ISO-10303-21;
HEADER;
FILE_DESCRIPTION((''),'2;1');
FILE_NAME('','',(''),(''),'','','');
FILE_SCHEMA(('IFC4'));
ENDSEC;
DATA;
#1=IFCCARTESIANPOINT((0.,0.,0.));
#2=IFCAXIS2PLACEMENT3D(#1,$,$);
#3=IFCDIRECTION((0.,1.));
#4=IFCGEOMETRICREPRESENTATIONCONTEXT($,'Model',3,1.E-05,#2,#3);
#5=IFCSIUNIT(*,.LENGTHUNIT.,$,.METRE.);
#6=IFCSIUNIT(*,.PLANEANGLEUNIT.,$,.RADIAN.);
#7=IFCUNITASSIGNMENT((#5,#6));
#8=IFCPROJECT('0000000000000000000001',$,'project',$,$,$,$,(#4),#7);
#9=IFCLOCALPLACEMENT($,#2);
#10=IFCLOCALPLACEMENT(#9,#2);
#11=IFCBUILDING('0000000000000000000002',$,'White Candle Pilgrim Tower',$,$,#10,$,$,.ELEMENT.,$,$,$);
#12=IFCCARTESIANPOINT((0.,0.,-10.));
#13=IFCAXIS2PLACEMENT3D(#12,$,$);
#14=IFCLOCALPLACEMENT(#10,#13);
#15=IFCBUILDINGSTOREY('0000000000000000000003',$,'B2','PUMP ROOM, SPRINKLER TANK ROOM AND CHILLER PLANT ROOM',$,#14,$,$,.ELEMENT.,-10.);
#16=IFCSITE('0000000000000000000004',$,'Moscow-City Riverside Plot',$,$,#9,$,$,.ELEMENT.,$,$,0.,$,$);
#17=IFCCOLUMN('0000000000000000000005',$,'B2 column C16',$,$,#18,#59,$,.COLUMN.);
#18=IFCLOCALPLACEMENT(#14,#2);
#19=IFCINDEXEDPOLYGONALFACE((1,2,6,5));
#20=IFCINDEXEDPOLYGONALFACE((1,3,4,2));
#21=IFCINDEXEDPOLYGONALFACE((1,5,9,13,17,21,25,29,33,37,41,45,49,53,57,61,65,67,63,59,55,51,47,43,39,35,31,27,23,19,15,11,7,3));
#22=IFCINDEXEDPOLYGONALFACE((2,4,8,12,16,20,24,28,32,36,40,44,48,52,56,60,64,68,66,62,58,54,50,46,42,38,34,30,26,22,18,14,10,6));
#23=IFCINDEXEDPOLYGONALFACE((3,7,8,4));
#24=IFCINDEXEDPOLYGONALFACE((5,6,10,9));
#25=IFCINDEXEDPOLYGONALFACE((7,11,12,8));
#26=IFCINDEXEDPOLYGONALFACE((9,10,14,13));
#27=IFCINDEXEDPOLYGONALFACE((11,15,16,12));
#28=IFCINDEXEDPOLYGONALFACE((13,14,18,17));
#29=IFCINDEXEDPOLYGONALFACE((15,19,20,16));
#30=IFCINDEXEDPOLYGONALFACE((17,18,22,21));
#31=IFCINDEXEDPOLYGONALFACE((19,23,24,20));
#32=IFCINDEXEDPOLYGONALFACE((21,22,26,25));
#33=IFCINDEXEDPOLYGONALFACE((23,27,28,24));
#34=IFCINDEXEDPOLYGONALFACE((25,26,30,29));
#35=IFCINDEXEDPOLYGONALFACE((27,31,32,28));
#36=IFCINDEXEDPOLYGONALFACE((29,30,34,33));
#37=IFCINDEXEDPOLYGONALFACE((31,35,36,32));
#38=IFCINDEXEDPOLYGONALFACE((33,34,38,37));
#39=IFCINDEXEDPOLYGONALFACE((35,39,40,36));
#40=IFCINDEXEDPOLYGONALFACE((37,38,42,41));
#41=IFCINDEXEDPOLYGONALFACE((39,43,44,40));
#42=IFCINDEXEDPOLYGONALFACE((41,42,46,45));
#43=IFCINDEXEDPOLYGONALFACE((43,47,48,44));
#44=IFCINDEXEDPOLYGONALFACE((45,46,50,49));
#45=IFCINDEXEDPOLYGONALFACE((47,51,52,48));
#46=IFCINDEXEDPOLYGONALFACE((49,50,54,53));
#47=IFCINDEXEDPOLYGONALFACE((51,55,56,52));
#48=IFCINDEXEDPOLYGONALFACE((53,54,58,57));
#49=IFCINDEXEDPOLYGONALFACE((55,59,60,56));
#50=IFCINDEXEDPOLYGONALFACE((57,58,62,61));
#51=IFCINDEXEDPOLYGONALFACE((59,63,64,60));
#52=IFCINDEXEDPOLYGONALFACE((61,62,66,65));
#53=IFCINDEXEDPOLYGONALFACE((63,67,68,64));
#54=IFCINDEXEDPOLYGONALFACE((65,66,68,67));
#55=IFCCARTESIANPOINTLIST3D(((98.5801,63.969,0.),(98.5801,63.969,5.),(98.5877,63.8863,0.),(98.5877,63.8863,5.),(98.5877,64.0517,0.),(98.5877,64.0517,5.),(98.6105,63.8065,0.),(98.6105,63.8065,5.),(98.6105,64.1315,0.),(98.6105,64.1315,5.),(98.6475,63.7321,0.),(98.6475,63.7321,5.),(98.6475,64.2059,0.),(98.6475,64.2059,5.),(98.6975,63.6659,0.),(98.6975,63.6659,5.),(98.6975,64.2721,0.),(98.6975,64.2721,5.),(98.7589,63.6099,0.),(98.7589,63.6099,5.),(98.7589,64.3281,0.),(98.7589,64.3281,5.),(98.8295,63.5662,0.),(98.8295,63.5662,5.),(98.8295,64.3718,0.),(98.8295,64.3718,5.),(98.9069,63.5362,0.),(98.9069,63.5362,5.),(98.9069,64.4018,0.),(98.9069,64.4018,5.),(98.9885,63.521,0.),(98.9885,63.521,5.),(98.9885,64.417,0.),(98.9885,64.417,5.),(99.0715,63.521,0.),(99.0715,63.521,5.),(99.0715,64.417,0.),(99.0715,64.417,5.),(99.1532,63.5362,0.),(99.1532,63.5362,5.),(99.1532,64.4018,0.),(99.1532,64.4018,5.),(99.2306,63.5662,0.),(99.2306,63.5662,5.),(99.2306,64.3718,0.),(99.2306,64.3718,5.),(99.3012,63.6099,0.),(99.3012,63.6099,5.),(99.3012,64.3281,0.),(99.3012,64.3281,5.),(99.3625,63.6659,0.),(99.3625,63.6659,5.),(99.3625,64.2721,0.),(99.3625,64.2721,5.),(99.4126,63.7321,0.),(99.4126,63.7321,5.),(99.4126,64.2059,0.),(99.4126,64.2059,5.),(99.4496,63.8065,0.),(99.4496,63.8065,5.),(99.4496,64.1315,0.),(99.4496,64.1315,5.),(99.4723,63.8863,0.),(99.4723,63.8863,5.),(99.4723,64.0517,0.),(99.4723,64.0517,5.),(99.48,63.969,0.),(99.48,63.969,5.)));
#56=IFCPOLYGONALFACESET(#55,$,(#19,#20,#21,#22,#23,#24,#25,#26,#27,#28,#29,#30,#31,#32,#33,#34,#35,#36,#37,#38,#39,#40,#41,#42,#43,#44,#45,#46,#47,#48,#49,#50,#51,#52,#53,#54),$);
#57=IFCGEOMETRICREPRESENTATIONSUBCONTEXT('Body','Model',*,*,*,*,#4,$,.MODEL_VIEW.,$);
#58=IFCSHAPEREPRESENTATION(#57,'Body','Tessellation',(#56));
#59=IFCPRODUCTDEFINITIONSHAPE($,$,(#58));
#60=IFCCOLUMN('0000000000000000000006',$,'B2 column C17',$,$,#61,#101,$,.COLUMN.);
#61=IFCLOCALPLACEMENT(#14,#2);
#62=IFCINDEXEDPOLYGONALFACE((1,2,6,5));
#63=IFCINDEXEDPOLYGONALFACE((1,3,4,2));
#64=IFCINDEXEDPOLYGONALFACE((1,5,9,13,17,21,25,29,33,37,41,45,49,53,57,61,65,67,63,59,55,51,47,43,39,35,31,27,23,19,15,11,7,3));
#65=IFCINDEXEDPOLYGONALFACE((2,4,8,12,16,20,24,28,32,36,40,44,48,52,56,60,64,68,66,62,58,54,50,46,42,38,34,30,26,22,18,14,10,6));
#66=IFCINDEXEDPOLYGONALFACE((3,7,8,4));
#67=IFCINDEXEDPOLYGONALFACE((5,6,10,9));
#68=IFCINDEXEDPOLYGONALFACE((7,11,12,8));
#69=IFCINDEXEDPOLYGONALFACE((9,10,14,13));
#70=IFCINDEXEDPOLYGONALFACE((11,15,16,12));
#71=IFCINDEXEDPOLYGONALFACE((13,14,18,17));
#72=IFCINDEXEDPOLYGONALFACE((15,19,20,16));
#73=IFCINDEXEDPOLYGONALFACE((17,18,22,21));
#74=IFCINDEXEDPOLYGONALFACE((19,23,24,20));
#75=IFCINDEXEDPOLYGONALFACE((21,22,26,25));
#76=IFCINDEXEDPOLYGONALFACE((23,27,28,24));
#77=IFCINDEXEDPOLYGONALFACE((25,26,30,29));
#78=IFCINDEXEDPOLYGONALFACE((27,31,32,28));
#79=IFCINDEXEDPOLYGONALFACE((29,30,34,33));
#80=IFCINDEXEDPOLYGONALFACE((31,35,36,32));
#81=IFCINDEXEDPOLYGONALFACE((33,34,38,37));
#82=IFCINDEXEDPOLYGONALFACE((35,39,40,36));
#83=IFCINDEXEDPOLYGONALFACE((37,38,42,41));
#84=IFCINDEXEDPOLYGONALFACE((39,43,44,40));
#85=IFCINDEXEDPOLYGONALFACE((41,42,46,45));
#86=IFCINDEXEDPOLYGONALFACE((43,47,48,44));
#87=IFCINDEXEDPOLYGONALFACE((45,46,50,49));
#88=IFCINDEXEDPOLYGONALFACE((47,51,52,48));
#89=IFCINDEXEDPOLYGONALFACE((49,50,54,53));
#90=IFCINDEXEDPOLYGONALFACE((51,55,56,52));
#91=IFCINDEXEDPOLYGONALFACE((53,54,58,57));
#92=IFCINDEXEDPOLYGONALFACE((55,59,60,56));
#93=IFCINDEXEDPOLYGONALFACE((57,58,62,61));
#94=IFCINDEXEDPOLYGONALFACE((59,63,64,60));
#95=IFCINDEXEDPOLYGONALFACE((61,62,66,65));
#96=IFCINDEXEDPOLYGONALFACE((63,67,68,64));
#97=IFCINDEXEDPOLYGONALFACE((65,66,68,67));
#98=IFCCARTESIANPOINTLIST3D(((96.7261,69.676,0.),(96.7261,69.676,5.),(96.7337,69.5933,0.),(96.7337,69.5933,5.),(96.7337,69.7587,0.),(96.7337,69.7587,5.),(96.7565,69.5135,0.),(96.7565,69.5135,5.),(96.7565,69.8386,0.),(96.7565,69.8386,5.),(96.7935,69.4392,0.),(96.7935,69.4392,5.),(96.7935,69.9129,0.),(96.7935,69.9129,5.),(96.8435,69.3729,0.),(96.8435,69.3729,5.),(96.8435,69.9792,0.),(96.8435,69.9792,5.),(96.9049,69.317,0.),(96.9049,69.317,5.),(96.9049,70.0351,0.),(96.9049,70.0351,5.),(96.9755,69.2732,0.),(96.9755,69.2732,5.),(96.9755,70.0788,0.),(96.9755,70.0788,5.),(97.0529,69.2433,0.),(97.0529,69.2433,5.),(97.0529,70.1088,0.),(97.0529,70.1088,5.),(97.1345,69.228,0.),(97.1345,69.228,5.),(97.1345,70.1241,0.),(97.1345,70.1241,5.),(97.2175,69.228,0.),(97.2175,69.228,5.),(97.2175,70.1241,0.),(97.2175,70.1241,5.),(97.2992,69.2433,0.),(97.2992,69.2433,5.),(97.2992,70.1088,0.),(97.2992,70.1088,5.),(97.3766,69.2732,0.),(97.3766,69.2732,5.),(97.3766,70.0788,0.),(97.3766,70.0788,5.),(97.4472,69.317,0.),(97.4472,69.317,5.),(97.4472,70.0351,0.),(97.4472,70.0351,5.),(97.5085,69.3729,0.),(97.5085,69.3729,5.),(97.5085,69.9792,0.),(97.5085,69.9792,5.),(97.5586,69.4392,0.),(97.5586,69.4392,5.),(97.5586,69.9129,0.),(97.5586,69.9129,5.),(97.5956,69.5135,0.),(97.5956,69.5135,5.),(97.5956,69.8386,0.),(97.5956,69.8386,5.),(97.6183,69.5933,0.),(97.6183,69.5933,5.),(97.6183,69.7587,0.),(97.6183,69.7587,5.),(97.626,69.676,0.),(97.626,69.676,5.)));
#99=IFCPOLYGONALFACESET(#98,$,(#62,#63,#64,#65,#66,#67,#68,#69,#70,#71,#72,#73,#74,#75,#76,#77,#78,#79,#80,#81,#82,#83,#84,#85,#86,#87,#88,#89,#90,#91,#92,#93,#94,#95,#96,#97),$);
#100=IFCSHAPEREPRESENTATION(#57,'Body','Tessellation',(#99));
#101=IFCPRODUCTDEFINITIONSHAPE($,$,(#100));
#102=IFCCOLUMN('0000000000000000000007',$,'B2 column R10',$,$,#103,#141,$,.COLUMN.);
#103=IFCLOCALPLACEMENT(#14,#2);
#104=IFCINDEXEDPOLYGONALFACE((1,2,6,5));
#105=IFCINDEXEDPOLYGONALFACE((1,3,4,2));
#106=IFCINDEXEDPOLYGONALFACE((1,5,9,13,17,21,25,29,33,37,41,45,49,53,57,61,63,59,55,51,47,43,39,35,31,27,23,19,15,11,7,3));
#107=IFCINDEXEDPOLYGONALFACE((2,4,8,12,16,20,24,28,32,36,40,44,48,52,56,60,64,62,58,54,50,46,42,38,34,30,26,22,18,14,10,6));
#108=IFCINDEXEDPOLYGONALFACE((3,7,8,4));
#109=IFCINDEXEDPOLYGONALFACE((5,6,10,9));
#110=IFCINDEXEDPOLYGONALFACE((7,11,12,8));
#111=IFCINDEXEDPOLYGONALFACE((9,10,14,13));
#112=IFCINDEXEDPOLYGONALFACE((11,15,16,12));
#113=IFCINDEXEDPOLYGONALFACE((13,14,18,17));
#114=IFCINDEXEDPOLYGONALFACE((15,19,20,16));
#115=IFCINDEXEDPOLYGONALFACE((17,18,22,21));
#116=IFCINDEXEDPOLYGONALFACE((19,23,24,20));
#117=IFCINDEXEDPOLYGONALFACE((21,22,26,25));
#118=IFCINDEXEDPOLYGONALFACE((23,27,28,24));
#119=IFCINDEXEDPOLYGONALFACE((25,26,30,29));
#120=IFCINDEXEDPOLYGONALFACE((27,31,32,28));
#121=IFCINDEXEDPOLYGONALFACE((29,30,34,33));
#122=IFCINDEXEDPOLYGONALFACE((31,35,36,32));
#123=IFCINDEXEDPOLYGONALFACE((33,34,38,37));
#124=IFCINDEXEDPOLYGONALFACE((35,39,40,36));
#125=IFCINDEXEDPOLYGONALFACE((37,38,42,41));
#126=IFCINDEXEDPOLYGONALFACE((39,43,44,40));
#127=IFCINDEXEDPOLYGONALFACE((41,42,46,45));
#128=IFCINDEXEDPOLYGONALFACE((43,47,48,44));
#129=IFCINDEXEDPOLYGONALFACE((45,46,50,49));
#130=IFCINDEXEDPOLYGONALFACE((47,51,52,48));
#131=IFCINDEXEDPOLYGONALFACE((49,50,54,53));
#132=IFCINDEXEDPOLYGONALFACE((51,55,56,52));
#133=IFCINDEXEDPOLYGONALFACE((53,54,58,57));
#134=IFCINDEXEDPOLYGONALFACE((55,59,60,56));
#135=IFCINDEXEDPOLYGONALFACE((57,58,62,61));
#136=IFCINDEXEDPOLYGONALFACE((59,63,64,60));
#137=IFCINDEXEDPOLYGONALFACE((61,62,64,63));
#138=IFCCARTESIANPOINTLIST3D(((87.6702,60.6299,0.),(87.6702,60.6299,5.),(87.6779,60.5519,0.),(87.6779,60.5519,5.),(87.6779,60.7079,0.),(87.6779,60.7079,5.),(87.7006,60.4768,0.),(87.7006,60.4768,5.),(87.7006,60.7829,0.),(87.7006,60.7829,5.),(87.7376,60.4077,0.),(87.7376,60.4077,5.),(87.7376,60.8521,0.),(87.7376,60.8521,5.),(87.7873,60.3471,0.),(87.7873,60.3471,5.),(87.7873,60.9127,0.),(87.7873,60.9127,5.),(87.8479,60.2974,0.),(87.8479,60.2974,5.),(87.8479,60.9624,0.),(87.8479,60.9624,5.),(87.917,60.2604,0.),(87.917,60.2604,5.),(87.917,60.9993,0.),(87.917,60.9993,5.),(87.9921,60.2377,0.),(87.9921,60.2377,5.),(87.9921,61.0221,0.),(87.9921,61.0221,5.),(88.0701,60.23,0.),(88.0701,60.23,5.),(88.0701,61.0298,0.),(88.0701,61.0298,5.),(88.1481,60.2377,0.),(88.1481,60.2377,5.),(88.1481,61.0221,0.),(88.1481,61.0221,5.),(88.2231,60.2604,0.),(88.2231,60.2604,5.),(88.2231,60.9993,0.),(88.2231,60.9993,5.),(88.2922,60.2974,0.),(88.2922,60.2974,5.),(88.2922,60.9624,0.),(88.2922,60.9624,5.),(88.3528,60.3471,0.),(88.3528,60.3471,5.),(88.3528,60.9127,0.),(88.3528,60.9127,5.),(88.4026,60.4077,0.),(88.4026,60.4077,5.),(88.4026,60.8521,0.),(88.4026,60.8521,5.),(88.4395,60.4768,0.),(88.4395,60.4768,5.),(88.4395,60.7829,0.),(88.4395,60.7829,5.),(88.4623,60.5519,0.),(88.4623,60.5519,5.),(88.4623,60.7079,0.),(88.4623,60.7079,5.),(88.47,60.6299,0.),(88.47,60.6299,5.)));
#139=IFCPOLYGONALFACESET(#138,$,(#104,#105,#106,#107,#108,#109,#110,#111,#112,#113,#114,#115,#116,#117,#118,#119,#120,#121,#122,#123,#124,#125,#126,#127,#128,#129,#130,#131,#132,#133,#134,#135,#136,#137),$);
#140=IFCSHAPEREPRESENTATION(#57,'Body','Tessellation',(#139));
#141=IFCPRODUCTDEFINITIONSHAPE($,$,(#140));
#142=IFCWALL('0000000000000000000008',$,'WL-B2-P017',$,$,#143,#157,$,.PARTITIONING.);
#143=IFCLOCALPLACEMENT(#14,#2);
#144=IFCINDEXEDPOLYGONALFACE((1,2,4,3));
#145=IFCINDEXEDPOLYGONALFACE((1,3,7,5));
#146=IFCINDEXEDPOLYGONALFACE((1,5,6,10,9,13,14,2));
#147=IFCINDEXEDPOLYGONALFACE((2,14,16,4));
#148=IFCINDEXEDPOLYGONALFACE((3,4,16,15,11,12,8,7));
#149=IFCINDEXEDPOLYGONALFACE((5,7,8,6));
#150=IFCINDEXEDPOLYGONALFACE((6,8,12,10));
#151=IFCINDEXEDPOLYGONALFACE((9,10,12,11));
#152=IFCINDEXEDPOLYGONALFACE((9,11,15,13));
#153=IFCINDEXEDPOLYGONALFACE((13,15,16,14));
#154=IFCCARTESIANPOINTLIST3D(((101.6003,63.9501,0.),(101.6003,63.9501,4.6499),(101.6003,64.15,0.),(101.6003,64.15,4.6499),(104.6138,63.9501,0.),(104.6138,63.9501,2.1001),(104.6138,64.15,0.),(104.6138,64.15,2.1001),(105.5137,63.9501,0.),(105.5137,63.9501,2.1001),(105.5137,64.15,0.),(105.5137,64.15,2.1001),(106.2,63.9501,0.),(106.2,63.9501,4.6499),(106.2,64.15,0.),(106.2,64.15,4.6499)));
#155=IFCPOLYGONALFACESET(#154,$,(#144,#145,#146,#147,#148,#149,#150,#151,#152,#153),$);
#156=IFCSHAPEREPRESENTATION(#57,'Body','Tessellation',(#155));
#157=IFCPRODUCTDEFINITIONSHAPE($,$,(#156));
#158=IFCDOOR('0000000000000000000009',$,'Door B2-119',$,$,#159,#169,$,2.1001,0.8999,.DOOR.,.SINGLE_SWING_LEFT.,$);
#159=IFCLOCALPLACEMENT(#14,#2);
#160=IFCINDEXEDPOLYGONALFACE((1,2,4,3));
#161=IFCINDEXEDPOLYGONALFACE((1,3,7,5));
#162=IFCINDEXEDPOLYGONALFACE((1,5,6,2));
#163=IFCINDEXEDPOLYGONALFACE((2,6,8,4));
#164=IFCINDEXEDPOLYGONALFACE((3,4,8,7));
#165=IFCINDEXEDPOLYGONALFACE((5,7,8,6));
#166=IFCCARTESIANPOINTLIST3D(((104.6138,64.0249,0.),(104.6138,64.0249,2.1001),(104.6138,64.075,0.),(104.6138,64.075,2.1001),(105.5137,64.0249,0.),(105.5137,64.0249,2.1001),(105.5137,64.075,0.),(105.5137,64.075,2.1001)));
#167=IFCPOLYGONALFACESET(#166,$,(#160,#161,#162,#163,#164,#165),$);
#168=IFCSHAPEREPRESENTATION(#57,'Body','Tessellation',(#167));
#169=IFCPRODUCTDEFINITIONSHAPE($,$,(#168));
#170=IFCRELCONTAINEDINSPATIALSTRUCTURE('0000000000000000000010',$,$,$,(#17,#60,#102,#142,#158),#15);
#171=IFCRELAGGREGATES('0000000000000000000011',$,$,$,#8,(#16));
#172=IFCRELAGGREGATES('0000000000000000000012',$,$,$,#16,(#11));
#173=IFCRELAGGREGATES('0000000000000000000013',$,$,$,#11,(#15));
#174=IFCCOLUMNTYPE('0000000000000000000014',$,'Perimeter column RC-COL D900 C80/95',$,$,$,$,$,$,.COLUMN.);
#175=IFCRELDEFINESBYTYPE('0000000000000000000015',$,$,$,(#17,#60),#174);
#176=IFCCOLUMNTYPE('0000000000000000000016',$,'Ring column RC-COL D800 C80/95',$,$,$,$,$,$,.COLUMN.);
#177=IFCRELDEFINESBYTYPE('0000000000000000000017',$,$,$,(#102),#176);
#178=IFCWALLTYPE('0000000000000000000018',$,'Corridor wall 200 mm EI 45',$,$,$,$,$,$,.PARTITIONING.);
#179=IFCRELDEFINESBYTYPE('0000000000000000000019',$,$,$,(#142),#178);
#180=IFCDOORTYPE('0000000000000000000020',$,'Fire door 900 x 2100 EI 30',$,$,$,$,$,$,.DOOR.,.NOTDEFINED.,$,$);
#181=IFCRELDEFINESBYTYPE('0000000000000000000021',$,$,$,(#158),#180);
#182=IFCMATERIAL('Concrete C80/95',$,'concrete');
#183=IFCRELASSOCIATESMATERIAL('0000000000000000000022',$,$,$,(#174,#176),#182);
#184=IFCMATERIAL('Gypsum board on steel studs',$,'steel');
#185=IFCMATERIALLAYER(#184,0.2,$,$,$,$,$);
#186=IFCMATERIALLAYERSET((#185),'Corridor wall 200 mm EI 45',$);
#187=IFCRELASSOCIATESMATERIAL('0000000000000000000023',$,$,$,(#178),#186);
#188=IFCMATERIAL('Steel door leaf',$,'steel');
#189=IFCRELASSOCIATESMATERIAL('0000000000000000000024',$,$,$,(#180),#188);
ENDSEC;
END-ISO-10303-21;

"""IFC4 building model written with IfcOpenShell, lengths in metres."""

from ifc_helpers import new_model, si_unit, direction, frame, frame_2d, origin, origin_2d, place, context, subcontext, project, spatial, rectangle, circle, extrude, material, layer, layer_set, material_profile, profile_set, type_object, element, fill, save


model = new_model("IFC4")

# Units and contexts
model_context = context("Model", 3, precision=1e-05, world=origin(), true_north=direction((0.0, 1.0)))
body_context = subcontext(model_context, "Body", "Model", "MODEL_VIEW")
ifc_project = project(units=[si_unit("LENGTHUNIT", "METRE"), si_unit("PLANEANGLEUNIT", "RADIAN")], contexts=[model_context])

# Site, building, storey
site_placement = place(None, origin())
site = spatial("IfcSite", under=ifc_project, at=site_placement, Name="Moscow-City Riverside Plot", CompositionType="ELEMENT", RefElevation=0.0)
building_placement = place(site_placement, origin())
building = spatial("IfcBuilding", under=site, at=building_placement, Name="White Candle Pilgrim Tower", CompositionType="ELEMENT")
storey_placement = place(building_placement, frame((0.0, 0.0, -10.0)))
storey = spatial("IfcBuildingStorey", under=building, at=storey_placement, Name="B2", Description="PUMP ROOM, SPRINKLER TANK ROOM AND CHILLER PLANT ROOM", CompositionType="ELEMENT", Elevation=-10.0)

# Columns
ifc_material_1 = material(Name="Concrete C80/95", Category="concrete")
ifc_material_profile_1 = material_profile(ifc_material_1, circle(Radius=0.45, at=origin_2d()), Name="RC-COL D900")
ifc_profile_set_1 = profile_set([ifc_material_profile_1], Name="Concrete C80/95")
column_type_1 = type_object("IfcColumnType", Name="Perimeter column RC-COL D900 C80/95", PredefinedType="COLUMN", material=ifc_profile_set_1)
for number, where, z_axis, x_axis, name in (
    (1, (99.03, 63.969, 0.0), (0.0, 0.0, 1.0), (1.0, 0.0, 0.0), "B2 column C16"),
    (2, (97.176, 69.676, 0.0), (0.0, 0.0, 1.0), (1.0, 0.0, 0.0), "B2 column C17"),
):
    element("IfcColumn", number, at=place(storey_placement, frame(where, z_axis=z_axis, x_axis=x_axis)), inside=storey, type_object=column_type_1, Name=name, PredefinedType="COLUMN", context=body_context, shape_type="SweptSolid", body=[
        extrude(circle(Radius=0.45, at=origin_2d()), origin(), (0.0, 0.0, 1.0), 5.0),
    ])
ifc_material_profile_2 = material_profile(ifc_material_1, circle(Radius=0.3999, at=origin_2d()), Name="RC-COL D800")
ifc_profile_set_2 = profile_set([ifc_material_profile_2], Name="Concrete C80/95")
column_type_2 = type_object("IfcColumnType", Name="Ring column RC-COL D800 C80/95", PredefinedType="COLUMN", material=ifc_profile_set_2)
column_placement = place(storey_placement, frame((88.0701, 60.6299, 0.0), z_axis=(0.0, 0.0, 1.0), x_axis=(1.0, 0.0, 0.0)))
element("IfcColumn", 3, at=column_placement, inside=storey, type_object=column_type_2, Name="B2 column R10", PredefinedType="COLUMN", context=body_context, shape_type="SweptSolid", body=[
    extrude(circle(Radius=0.3999, at=origin_2d()), origin(), (0.0, 0.0, 1.0), 5.0),
])

# Wall, opening, door
ifc_material_2 = material(Name="Gypsum board on steel studs", Category="steel")
ifc_layer_1 = layer(ifc_material_2, 0.2)
ifc_layer_set_1 = layer_set([ifc_layer_1], Name="Corridor wall 200 mm EI 45")
wall_type_1 = type_object("IfcWallType", Name="Corridor wall 200 mm EI 45", PredefinedType="PARTITIONING", material=ifc_layer_set_1)
wall_1_placement = place(storey_placement, frame((101.6003, 64.05, 0.0), z_axis=(0.0, 0.0, 1.0), x_axis=(1.0, 0.0, 0.0)))
wall_1 = element("IfcWall", 4, at=wall_1_placement, inside=storey, type_object=wall_type_1, Name="WL-B2-P017", PredefinedType="PARTITIONING", context=body_context, shape_type="SweptSolid", body=[
    extrude(rectangle(XDim=4.5996, YDim=0.2, at=frame_2d((2.2998, 0.0))), origin(), (0.0, 0.0, 1.0), 4.6499),
])
opening_1_placement = place(wall_1_placement, frame((3.0134, 0.0, 0.0)))
opening_1 = element("IfcOpeningElement", 5, at=opening_1_placement, cuts=wall_1, PredefinedType="OPENING", context=body_context, shape_type="SweptSolid", body=[
    extrude(rectangle(XDim=0.8999, YDim=2.1001, at=frame_2d((0.45, 1.05))), frame((0.0, 0.1099, 0.0), z_axis=(0.0, -1.0, 0.0), x_axis=(1.0, 0.0, 0.0)), (0.0, 0.0, 1.0), 0.22),
])
ifc_material_3 = material(Name="Steel door leaf", Category="steel")
door_type = type_object("IfcDoorType", Name="Fire door 900 x 2100 EI 30", OperationType="NOTDEFINED", PredefinedType="DOOR", material=ifc_material_3)
door_1_placement = place(opening_1_placement, origin())
door_1 = element("IfcDoor", 6, at=door_1_placement, inside=storey, type_object=door_type, Name="Door B2-119", OperationType="SINGLE_SWING_LEFT", OverallHeight=2.1001, OverallWidth=0.8999, PredefinedType="DOOR", context=body_context, shape_type="SweptSolid", body=[
    extrude(rectangle(XDim=0.8999, YDim=2.1001, at=frame_2d((0.45, 1.05))), frame((0.0, 0.0249, 0.0), z_axis=(0.0, -1.0, 0.0), x_axis=(1.0, 0.0, 0.0)), (0.0, 0.0, 1.0), 0.05),
])
fill(opening_1, door_1)

save(model, "model.ifc")
